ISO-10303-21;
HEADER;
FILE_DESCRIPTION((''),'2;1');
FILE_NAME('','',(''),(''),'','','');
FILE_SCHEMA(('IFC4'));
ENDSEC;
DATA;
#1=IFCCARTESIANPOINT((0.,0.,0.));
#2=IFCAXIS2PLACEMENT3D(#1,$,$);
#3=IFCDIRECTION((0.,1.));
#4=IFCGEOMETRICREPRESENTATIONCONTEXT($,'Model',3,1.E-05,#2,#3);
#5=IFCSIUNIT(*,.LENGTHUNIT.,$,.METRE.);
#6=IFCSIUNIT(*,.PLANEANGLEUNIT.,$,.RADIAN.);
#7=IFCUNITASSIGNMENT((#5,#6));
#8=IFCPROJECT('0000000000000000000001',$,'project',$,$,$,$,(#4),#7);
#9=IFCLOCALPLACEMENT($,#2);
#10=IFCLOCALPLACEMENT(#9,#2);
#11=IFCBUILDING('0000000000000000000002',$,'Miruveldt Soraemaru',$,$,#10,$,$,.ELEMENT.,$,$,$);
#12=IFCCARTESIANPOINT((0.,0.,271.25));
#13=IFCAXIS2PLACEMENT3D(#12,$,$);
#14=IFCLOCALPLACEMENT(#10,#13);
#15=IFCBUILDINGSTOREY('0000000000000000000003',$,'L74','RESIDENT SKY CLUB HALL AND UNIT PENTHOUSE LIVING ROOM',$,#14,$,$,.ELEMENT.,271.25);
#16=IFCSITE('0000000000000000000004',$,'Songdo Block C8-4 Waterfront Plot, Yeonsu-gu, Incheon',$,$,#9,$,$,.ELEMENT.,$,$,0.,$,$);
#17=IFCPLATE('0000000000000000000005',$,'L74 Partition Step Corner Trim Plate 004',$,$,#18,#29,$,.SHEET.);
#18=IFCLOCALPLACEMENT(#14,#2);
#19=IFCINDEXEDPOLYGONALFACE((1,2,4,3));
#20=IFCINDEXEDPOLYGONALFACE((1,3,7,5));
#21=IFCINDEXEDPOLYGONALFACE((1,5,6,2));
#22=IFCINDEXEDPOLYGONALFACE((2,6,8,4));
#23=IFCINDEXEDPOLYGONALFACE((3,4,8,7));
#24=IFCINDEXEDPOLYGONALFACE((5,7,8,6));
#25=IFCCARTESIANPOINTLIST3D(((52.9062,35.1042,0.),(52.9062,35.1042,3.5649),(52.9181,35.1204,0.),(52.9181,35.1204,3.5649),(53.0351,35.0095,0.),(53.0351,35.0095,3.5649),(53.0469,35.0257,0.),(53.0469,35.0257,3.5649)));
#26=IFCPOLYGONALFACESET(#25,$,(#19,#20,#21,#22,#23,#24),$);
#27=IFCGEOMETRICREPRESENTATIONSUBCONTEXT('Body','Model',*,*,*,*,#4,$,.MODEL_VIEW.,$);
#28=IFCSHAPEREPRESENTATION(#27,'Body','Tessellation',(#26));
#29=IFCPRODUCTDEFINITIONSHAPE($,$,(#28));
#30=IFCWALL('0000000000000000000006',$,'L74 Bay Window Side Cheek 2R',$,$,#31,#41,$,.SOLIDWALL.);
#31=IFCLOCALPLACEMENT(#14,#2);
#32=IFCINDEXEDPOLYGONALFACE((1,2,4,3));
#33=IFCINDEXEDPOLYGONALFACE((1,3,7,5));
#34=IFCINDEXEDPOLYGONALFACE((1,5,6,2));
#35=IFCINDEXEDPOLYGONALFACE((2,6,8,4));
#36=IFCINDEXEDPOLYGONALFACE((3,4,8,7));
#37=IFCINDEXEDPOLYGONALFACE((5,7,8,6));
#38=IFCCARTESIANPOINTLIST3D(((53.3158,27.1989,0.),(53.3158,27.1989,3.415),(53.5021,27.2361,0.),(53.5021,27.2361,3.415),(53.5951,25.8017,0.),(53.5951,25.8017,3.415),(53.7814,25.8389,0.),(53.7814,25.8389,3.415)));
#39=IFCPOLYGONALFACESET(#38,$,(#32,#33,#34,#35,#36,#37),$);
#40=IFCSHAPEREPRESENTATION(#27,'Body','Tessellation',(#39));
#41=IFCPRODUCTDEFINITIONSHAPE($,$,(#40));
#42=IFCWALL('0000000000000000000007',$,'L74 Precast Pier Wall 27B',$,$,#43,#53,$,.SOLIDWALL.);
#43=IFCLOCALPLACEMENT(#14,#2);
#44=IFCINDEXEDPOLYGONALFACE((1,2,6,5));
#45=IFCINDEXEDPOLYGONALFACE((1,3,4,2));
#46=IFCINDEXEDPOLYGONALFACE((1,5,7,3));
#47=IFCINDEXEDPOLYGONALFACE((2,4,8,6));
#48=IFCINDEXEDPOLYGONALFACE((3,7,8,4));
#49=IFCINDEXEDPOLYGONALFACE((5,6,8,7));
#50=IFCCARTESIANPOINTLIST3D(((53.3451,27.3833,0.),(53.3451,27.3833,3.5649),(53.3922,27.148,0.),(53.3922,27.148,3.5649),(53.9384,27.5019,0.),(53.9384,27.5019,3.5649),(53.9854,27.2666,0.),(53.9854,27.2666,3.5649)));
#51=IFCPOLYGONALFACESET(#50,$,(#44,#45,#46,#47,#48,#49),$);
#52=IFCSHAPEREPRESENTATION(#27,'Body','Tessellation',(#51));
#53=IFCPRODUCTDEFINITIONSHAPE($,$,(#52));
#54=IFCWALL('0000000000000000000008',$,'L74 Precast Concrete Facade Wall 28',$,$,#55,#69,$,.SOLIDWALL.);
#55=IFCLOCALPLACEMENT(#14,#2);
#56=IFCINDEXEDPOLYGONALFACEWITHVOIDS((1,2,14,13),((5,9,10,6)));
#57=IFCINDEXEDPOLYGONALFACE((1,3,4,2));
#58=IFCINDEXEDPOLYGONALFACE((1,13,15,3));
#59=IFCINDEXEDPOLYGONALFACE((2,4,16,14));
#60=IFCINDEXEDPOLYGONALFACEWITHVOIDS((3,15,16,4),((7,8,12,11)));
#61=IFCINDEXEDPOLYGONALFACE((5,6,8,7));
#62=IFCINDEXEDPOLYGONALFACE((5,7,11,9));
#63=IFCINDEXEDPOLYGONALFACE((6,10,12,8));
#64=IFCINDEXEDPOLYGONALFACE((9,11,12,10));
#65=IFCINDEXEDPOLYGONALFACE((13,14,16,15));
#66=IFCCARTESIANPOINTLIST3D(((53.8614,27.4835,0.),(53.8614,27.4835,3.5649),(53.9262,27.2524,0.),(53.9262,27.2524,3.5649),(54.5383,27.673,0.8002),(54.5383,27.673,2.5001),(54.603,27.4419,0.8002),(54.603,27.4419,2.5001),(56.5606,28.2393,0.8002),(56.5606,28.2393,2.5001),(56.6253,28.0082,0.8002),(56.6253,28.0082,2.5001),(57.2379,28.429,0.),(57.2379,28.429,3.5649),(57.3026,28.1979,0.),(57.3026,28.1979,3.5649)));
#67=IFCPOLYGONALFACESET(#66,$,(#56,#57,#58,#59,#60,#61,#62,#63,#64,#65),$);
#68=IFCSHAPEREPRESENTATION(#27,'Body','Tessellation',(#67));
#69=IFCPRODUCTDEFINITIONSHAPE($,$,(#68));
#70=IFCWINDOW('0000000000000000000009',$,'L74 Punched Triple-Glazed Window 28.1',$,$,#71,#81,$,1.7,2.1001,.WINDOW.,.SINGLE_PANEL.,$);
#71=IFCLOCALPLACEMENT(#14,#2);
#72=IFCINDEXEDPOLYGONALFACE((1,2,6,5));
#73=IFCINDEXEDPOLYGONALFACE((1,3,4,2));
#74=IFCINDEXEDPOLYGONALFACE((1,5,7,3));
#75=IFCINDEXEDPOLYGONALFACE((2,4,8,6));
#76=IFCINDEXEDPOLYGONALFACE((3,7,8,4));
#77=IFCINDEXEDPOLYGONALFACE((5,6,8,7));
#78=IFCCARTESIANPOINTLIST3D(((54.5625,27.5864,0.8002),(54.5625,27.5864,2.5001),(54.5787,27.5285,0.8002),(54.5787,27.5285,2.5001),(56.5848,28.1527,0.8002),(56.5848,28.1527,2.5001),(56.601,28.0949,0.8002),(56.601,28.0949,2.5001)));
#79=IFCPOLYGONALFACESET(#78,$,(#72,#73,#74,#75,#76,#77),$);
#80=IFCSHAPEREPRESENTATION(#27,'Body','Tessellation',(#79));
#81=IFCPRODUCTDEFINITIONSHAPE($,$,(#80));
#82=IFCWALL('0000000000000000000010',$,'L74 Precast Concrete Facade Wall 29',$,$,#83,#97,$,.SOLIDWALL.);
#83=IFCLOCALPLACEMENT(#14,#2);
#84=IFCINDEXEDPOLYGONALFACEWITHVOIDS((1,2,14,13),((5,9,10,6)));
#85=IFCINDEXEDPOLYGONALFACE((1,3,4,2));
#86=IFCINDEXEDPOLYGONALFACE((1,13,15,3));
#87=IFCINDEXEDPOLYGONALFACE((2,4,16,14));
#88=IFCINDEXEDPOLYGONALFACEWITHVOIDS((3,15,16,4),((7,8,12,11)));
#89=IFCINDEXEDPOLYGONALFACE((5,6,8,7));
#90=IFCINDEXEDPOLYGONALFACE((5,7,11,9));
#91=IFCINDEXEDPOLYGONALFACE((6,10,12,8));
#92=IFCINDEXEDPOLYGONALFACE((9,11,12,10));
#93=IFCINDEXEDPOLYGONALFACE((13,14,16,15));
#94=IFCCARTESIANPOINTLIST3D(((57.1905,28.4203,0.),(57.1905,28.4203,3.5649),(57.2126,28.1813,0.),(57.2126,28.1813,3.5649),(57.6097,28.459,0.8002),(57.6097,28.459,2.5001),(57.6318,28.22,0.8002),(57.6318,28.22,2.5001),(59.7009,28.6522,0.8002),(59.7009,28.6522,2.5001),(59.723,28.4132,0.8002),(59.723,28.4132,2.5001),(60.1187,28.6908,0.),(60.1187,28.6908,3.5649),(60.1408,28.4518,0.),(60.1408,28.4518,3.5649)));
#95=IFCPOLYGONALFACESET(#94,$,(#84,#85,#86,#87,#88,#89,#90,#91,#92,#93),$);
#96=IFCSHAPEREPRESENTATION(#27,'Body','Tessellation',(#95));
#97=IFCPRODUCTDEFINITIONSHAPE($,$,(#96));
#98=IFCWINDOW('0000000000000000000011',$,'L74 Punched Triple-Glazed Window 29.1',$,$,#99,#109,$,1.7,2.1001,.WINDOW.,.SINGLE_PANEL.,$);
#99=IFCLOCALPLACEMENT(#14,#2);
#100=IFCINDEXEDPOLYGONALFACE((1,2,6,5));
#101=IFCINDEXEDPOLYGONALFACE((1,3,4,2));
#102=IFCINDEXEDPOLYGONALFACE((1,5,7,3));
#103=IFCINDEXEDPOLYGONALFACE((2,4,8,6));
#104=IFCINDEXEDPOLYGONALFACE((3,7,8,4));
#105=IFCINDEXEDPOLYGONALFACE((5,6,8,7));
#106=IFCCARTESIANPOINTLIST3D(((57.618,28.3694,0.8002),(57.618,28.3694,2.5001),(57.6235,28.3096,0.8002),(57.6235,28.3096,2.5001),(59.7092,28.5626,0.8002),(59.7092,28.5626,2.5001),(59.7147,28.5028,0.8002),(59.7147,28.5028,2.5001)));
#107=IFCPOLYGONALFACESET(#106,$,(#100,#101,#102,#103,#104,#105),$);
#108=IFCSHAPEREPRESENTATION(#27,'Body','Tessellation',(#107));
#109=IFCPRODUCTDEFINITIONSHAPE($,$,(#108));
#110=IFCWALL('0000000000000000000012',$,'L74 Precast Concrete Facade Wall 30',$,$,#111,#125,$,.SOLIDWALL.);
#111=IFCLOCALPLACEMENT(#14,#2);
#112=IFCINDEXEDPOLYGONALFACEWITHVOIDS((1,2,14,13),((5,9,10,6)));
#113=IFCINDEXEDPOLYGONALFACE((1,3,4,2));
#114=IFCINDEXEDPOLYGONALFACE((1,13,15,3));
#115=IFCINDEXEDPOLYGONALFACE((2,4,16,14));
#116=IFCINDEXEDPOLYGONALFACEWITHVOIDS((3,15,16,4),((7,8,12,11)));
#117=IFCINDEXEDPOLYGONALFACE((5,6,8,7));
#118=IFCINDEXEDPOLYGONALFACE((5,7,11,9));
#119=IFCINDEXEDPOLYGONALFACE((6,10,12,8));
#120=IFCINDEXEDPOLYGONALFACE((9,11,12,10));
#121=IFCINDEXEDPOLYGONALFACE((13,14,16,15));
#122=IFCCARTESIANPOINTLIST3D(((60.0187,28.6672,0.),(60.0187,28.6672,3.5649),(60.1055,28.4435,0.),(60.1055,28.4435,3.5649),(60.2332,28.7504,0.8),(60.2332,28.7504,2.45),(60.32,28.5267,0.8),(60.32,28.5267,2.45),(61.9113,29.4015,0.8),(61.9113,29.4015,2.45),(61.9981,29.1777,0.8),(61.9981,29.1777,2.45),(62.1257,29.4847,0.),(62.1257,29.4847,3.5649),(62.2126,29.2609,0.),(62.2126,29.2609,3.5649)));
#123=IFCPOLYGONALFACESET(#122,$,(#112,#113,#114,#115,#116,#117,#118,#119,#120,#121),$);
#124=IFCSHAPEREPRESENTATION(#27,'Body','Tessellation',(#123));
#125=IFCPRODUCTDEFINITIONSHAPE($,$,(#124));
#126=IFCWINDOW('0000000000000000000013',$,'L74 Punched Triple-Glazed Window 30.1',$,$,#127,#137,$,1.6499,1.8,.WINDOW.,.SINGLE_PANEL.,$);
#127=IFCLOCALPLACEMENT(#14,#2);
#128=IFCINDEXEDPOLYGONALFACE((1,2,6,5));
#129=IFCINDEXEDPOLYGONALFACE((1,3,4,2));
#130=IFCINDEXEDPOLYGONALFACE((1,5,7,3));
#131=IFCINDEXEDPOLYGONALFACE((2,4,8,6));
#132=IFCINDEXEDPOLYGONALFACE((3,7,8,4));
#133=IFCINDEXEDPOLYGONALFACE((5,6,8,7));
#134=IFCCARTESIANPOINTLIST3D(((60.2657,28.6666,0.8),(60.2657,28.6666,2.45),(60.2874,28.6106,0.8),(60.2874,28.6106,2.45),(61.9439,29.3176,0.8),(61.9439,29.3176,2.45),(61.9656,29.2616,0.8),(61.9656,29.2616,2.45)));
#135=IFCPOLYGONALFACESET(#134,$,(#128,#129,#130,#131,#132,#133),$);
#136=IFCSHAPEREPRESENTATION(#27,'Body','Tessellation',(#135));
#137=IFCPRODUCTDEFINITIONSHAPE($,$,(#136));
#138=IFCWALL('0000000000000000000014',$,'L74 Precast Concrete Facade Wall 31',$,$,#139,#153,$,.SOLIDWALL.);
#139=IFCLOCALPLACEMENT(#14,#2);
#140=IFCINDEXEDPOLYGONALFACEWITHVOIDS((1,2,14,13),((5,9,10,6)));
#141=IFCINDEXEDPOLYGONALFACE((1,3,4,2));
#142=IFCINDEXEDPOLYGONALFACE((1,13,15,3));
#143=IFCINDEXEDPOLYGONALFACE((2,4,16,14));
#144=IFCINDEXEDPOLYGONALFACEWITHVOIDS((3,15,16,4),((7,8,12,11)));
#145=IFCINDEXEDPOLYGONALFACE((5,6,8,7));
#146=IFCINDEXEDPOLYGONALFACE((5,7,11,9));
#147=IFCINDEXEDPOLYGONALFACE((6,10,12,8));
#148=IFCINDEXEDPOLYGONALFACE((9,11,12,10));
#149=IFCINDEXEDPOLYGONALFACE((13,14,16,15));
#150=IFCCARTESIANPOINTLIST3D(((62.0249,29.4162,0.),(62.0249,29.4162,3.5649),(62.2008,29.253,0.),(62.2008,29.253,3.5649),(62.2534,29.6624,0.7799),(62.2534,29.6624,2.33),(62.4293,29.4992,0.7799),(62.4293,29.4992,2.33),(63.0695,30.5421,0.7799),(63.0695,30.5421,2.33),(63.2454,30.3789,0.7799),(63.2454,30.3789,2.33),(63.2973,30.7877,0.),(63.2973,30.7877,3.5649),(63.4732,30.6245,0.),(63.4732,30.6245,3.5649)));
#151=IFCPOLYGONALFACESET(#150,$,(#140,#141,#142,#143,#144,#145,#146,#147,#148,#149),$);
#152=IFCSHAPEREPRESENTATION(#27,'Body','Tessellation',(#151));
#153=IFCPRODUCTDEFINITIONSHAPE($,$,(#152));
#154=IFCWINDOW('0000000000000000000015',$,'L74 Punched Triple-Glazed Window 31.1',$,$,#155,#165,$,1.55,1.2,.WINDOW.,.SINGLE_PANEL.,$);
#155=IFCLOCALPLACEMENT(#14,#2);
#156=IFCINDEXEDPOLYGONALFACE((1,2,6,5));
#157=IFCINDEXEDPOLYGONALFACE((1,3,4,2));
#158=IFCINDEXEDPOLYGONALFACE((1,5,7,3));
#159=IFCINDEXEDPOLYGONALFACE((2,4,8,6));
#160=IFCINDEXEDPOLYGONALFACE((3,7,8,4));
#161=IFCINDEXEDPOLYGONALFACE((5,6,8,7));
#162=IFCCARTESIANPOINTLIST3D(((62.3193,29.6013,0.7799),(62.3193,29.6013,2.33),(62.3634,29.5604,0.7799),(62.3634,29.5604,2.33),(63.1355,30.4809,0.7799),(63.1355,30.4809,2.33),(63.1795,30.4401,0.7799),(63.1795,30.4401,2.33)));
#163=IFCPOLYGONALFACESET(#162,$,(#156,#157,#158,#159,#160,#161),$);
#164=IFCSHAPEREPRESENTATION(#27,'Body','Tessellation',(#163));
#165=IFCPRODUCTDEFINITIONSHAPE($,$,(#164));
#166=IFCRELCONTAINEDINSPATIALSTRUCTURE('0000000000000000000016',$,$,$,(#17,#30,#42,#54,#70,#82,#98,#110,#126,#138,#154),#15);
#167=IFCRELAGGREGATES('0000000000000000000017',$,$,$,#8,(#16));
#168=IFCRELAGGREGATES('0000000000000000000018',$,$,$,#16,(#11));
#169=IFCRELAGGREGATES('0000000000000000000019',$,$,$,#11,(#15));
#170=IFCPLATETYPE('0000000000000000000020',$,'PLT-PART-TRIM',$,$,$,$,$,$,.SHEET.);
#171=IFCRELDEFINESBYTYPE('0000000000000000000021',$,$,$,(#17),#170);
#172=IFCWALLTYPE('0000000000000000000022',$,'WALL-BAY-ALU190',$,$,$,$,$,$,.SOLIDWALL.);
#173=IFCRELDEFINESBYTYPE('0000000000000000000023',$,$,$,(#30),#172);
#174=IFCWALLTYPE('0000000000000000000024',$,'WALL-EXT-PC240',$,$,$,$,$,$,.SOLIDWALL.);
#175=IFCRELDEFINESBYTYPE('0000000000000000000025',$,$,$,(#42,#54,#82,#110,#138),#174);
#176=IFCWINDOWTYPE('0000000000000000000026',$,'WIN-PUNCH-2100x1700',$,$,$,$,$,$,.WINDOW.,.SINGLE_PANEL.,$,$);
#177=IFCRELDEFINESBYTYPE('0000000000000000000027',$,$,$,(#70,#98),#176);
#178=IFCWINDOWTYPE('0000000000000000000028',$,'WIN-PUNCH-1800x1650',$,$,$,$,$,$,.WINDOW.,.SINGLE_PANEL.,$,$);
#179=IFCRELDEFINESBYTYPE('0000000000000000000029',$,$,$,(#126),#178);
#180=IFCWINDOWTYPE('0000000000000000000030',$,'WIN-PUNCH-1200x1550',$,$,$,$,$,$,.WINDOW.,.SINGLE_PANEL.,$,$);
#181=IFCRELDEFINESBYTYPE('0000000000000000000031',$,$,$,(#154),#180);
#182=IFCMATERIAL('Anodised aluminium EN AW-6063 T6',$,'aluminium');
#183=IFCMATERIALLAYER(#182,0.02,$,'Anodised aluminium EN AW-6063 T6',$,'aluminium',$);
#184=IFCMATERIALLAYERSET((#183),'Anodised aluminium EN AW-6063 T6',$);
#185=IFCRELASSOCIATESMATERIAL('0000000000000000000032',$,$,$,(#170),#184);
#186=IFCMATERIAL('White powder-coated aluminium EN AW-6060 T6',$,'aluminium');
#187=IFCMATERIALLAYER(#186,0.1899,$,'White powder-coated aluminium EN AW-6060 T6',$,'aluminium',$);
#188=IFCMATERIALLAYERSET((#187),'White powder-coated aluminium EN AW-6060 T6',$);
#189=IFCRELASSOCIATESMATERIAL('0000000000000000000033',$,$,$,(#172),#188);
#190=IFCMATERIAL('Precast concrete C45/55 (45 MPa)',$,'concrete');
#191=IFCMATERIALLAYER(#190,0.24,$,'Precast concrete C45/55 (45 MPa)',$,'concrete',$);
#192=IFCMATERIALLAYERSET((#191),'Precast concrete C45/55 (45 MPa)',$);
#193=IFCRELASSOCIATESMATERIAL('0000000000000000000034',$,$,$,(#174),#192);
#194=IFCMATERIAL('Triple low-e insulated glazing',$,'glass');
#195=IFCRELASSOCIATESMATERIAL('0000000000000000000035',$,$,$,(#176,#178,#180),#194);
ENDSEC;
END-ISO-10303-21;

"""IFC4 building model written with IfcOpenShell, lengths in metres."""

from ifc_helpers import new_model, si_unit, direction, frame, frame_2d, origin, origin_2d, place, context, subcontext, project, spatial, rectangle, extrude, material, layer, layer_set, type_object, element, fill, save


model = new_model("IFC4")

# Units and contexts
model_context = context("Model", 3, precision=1e-05, world=origin(), true_north=direction((0.0, 1.0)))
body_context = subcontext(model_context, "Body", "Model", "MODEL_VIEW")
ifc_project = project(units=[si_unit("LENGTHUNIT", "METRE"), si_unit("PLANEANGLEUNIT", "RADIAN")], contexts=[model_context])

# Site, building, storey
site_placement = place(None, origin())
site = spatial("IfcSite", under=ifc_project, at=site_placement, Name="Songdo Block C8-4 Waterfront Plot, Yeonsu-gu, Incheon", CompositionType="ELEMENT", RefElevation=0.0)
building_placement = place(site_placement, origin())
building = spatial("IfcBuilding", under=site, at=building_placement, Name="Miruveldt Soraemaru", CompositionType="ELEMENT")
storey_placement = place(building_placement, frame((0.0, 0.0, 271.25)))
storey = spatial("IfcBuildingStorey", under=building, at=storey_placement, Name="L74", Description="RESIDENT SKY CLUB HALL AND UNIT PENTHOUSE LIVING ROOM", CompositionType="ELEMENT", Elevation=271.25)

# Plate
ifc_material_1 = material(Name="Anodised aluminium EN AW-6063 T6", Category="aluminium")
ifc_layer_1 = layer(ifc_material_1, 0.02, Name="Anodised aluminium EN AW-6063 T6", Category="aluminium")
ifc_layer_set_1 = layer_set([ifc_layer_1], Name="Anodised aluminium EN AW-6063 T6")
plate_type = type_object("IfcPlateType", Name="PLT-PART-TRIM", PredefinedType="SHEET", material=ifc_layer_set_1)
plate_placement = place(storey_placement, frame((52.9766, 35.0649, 0.0), z_axis=(0.0, 0.0, 1.0), x_axis=(-0.805825, 0.592154, 0.0)))
element("IfcPlate", 1, at=plate_placement, inside=storey, type_object=plate_type, Name="L74 Partition Step Corner Trim Plate 004", PredefinedType="SHEET", context=body_context, shape_type="SweptSolid", body=[
    extrude(rectangle(XDim=0.1599, YDim=0.02, at=origin_2d()), origin(), (0.0, 0.0, 1.0), 3.5649),
])

# Walls
ifc_material_2 = material(Name="White powder-coated aluminium EN AW-6060 T6", Category="aluminium")
ifc_layer_2 = layer(ifc_material_2, 0.1899, Name="White powder-coated aluminium EN AW-6060 T6", Category="aluminium")
ifc_layer_set_2 = layer_set([ifc_layer_2], Name="White powder-coated aluminium EN AW-6060 T6")
wall_type_1 = type_object("IfcWallType", Name="WALL-BAY-ALU190", PredefinedType="SOLIDWALL", material=ifc_layer_set_2)
wall_1_placement = place(storey_placement, frame((53.6882, 25.8203, 0.0), z_axis=(0.0, 0.0, 1.0), x_axis=(-0.196017, 0.9806, 0.0)))
element("IfcWall", 2, at=wall_1_placement, inside=storey, type_object=wall_type_1, Name="L74 Bay Window Side Cheek 2R", PredefinedType="SOLIDWALL", context=body_context, shape_type="SweptSolid", body=[
    extrude(rectangle(XDim=1.4248, YDim=0.1899, at=frame_2d((0.7124, 0.0))), origin(), (0.0, 0.0, 1.0), 3.415),
])
ifc_material_3 = material(Name="Precast concrete C45/55 (45 MPa)", Category="concrete")
ifc_layer_3 = layer(ifc_material_3, 0.24, Name="Precast concrete C45/55 (45 MPa)", Category="concrete")
ifc_layer_set_3 = layer_set([ifc_layer_3], Name="Precast concrete C45/55 (45 MPa)")
wall_type_2 = type_object("IfcWallType", Name="WALL-EXT-PC240", PredefinedType="SOLIDWALL", material=ifc_layer_set_3)
wall_2_placement = place(storey_placement, frame((53.3687, 27.2656, 0.0), z_axis=(0.0, 0.0, 1.0), x_axis=(0.980581, 0.196116, 0.0)))
element("IfcWall", 3, at=wall_2_placement, inside=storey, type_object=wall_type_2, Name="L74 Precast Pier Wall 27B", PredefinedType="SOLIDWALL", context=body_context, shape_type="SweptSolid", body=[
    extrude(rectangle(XDim=0.605, YDim=0.24, at=frame_2d((0.3025, 0.0))), origin(), (0.0, 0.0, 1.0), 3.5649),
])

# Walls, openings, windows
wall_3_placement = place(storey_placement, frame((53.8938, 27.3679, 0.0), z_axis=(0.0, 0.0, 1.0), x_axis=(0.962953, 0.269669, 0.0)))
wall_3 = element("IfcWall", 4, at=wall_3_placement, inside=storey, type_object=wall_type_2, Name="L74 Precast Concrete Facade Wall 28", PredefinedType="SOLIDWALL", context=body_context, shape_type="SweptSolid", body=[
    extrude(rectangle(XDim=3.5063, YDim=0.24, at=frame_2d((1.7532, 0.0))), origin(), (0.0, 0.0, 1.0), 3.5649),
])
opening_1_placement = place(wall_3_placement, frame((0.7029, 0.0, 0.8)))
opening_1 = element("IfcOpeningElement", 5, at=opening_1_placement, cuts=wall_3, PredefinedType="OPENING", context=body_context, shape_type="SweptSolid", body=[
    extrude(rectangle(XDim=2.1001, YDim=1.7, at=frame_2d((1.05, 0.8501))), frame((0.0, 0.1299, 0.0), z_axis=(0.0, -1.0, 0.0), x_axis=(1.0, 0.0, 0.0)), (0.0, 0.0, 1.0), 0.26),
])
ifc_material_4 = material(Name="Triple low-e insulated glazing", Category="glass")
window_type_1 = type_object("IfcWindowType", Name="WIN-PUNCH-2100x1700", PartitioningType="SINGLE_PANEL", PredefinedType="WINDOW", material=ifc_material_4)
window_1_placement = place(opening_1_placement, origin())
window_1 = element("IfcWindow", 6, at=window_1_placement, inside=storey, type_object=window_type_1, Name="L74 Punched Triple-Glazed Window 28.1", OverallHeight=1.7, OverallWidth=2.1001, PartitioningType="SINGLE_PANEL", PredefinedType="WINDOW", context=body_context, shape_type="SweptSolid", body=[
    extrude(rectangle(XDim=2.1001, YDim=1.7, at=frame_2d((1.05, 0.8501))), frame((0.0, 0.03, 0.0), z_axis=(0.0, -1.0, 0.0), x_axis=(1.0, 0.0, 0.0)), (0.0, 0.0, 1.0), 0.0601),
])
fill(opening_1, window_1)
wall_4_placement = place(storey_placement, frame((57.2017, 28.3008, 0.0), z_axis=(0.0, 0.0, 1.0), x_axis=(0.99576, 0.091988, 0.0)))
wall_4 = element("IfcWall", 7, at=wall_4_placement, inside=storey, type_object=wall_type_2, Name="L74 Precast Concrete Facade Wall 29", PredefinedType="SOLIDWALL", context=body_context, shape_type="SweptSolid", body=[
    extrude(rectangle(XDim=2.9407, YDim=0.24, at=frame_2d((1.4702, 0.0))), origin(), (0.0, 0.0, 1.0), 3.5649),
])
opening_2_placement = place(wall_4_placement, frame((0.4209, 0.0, 0.8)))
opening_2 = element("IfcOpeningElement", 8, at=opening_2_placement, cuts=wall_4, PredefinedType="OPENING", context=body_context, shape_type="SweptSolid", body=[
    extrude(rectangle(XDim=2.1001, YDim=1.7, at=frame_2d((1.05, 0.8501))), frame((0.0, 0.1299, 0.0), z_axis=(0.0, -1.0, 0.0), x_axis=(1.0, 0.0, 0.0)), (0.0, 0.0, 1.0), 0.26),
])
window_2_placement = place(opening_2_placement, origin())
window_2 = element("IfcWindow", 9, at=window_2_placement, inside=storey, type_object=window_type_1, Name="L74 Punched Triple-Glazed Window 29.1", OverallHeight=1.7, OverallWidth=2.1001, PartitioningType="SINGLE_PANEL", PredefinedType="WINDOW", context=body_context, shape_type="SweptSolid", body=[
    extrude(rectangle(XDim=2.1001, YDim=1.7, at=frame_2d((1.05, 0.8501))), frame((0.0, 0.03, 0.0), z_axis=(0.0, -1.0, 0.0), x_axis=(1.0, 0.0, 0.0)), (0.0, 0.0, 1.0), 0.0601),
])
fill(opening_2, window_2)
wall_5_placement = place(storey_placement, frame((60.0623, 28.5554, 0.0), z_axis=(0.0, 0.0, 1.0), x_axis=(0.9323, 0.361685, 0.0)))
wall_5 = element("IfcWall", 10, at=wall_5_placement, inside=storey, type_object=wall_type_2, Name="L74 Precast Concrete Facade Wall 30", PredefinedType="SOLIDWALL", context=body_context, shape_type="SweptSolid", body=[
    extrude(rectangle(XDim=2.26, YDim=0.24, at=frame_2d((1.1299, 0.0))), origin(), (0.0, 0.0, 1.0), 3.5649),
])
opening_3_placement = place(wall_5_placement, frame((0.23, 0.0, 0.8)))
opening_3 = element("IfcOpeningElement", 11, at=opening_3_placement, cuts=wall_5, PredefinedType="OPENING", context=body_context, shape_type="SweptSolid", body=[
    extrude(rectangle(XDim=1.8, YDim=1.6499, at=frame_2d((0.8999, 0.825))), frame((0.0, 0.1299, 0.0), z_axis=(0.0, -1.0, 0.0), x_axis=(1.0, 0.0, 0.0)), (0.0, 0.0, 1.0), 0.26),
])
window_type_2 = type_object("IfcWindowType", Name="WIN-PUNCH-1800x1650", PartitioningType="SINGLE_PANEL", PredefinedType="WINDOW", material=ifc_material_4)
window_3_placement = place(opening_3_placement, origin())
window_3 = element("IfcWindow", 12, at=window_3_placement, inside=storey, type_object=window_type_2, Name="L74 Punched Triple-Glazed Window 30.1", OverallHeight=1.6499, OverallWidth=1.8, PartitioningType="SINGLE_PANEL", PredefinedType="WINDOW", context=body_context, shape_type="SweptSolid", body=[
    extrude(rectangle(XDim=1.8, YDim=1.6499, at=frame_2d((0.8999, 0.825))), frame((0.0, 0.03, 0.0), z_axis=(0.0, -1.0, 0.0), x_axis=(1.0, 0.0, 0.0)), (0.0, 0.0, 1.0), 0.0601),
])
fill(opening_3, window_3)
wall_6_placement = place(storey_placement, frame((62.1128, 29.3345, 0.0), z_axis=(0.0, 0.0, 1.0), x_axis=(0.680121, 0.7331, 0.0)))
wall_6 = element("IfcWall", 13, at=wall_6_placement, inside=storey, type_object=wall_type_2, Name="L74 Precast Concrete Facade Wall 31", PredefinedType="SOLIDWALL", context=body_context, shape_type="SweptSolid", body=[
    extrude(rectangle(XDim=1.8708, YDim=0.24, at=frame_2d((0.9355, 0.0))), origin(), (0.0, 0.0, 1.0), 3.5649),
])
opening_4_placement = place(wall_6_placement, frame((0.3359, 0.0, 0.78)))
opening_4 = element("IfcOpeningElement", 14, at=opening_4_placement, cuts=wall_6, PredefinedType="OPENING", context=body_context, shape_type="SweptSolid", body=[
    extrude(rectangle(XDim=1.2, YDim=1.55, at=frame_2d((0.6001, 0.7749))), frame((0.0, 0.1299, 0.0), z_axis=(0.0, -1.0, 0.0), x_axis=(1.0, 0.0, 0.0)), (0.0, 0.0, 1.0), 0.26),
])
window_type_3 = type_object("IfcWindowType", Name="WIN-PUNCH-1200x1550", PartitioningType="SINGLE_PANEL", PredefinedType="WINDOW", material=ifc_material_4)
window_4_placement = place(opening_4_placement, origin())
window_4 = element("IfcWindow", 15, at=window_4_placement, inside=storey, type_object=window_type_3, Name="L74 Punched Triple-Glazed Window 31.1", OverallHeight=1.55, OverallWidth=1.2, PartitioningType="SINGLE_PANEL", PredefinedType="WINDOW", context=body_context, shape_type="SweptSolid", body=[
    extrude(rectangle(XDim=1.2, YDim=1.55, at=frame_2d((0.6001, 0.7749))), frame((0.0, 0.03, 0.0), z_axis=(0.0, -1.0, 0.0), x_axis=(1.0, 0.0, 0.0)), (0.0, 0.0, 1.0), 0.0601),
])
fill(opening_4, window_4)

save(model, "model.ifc")
